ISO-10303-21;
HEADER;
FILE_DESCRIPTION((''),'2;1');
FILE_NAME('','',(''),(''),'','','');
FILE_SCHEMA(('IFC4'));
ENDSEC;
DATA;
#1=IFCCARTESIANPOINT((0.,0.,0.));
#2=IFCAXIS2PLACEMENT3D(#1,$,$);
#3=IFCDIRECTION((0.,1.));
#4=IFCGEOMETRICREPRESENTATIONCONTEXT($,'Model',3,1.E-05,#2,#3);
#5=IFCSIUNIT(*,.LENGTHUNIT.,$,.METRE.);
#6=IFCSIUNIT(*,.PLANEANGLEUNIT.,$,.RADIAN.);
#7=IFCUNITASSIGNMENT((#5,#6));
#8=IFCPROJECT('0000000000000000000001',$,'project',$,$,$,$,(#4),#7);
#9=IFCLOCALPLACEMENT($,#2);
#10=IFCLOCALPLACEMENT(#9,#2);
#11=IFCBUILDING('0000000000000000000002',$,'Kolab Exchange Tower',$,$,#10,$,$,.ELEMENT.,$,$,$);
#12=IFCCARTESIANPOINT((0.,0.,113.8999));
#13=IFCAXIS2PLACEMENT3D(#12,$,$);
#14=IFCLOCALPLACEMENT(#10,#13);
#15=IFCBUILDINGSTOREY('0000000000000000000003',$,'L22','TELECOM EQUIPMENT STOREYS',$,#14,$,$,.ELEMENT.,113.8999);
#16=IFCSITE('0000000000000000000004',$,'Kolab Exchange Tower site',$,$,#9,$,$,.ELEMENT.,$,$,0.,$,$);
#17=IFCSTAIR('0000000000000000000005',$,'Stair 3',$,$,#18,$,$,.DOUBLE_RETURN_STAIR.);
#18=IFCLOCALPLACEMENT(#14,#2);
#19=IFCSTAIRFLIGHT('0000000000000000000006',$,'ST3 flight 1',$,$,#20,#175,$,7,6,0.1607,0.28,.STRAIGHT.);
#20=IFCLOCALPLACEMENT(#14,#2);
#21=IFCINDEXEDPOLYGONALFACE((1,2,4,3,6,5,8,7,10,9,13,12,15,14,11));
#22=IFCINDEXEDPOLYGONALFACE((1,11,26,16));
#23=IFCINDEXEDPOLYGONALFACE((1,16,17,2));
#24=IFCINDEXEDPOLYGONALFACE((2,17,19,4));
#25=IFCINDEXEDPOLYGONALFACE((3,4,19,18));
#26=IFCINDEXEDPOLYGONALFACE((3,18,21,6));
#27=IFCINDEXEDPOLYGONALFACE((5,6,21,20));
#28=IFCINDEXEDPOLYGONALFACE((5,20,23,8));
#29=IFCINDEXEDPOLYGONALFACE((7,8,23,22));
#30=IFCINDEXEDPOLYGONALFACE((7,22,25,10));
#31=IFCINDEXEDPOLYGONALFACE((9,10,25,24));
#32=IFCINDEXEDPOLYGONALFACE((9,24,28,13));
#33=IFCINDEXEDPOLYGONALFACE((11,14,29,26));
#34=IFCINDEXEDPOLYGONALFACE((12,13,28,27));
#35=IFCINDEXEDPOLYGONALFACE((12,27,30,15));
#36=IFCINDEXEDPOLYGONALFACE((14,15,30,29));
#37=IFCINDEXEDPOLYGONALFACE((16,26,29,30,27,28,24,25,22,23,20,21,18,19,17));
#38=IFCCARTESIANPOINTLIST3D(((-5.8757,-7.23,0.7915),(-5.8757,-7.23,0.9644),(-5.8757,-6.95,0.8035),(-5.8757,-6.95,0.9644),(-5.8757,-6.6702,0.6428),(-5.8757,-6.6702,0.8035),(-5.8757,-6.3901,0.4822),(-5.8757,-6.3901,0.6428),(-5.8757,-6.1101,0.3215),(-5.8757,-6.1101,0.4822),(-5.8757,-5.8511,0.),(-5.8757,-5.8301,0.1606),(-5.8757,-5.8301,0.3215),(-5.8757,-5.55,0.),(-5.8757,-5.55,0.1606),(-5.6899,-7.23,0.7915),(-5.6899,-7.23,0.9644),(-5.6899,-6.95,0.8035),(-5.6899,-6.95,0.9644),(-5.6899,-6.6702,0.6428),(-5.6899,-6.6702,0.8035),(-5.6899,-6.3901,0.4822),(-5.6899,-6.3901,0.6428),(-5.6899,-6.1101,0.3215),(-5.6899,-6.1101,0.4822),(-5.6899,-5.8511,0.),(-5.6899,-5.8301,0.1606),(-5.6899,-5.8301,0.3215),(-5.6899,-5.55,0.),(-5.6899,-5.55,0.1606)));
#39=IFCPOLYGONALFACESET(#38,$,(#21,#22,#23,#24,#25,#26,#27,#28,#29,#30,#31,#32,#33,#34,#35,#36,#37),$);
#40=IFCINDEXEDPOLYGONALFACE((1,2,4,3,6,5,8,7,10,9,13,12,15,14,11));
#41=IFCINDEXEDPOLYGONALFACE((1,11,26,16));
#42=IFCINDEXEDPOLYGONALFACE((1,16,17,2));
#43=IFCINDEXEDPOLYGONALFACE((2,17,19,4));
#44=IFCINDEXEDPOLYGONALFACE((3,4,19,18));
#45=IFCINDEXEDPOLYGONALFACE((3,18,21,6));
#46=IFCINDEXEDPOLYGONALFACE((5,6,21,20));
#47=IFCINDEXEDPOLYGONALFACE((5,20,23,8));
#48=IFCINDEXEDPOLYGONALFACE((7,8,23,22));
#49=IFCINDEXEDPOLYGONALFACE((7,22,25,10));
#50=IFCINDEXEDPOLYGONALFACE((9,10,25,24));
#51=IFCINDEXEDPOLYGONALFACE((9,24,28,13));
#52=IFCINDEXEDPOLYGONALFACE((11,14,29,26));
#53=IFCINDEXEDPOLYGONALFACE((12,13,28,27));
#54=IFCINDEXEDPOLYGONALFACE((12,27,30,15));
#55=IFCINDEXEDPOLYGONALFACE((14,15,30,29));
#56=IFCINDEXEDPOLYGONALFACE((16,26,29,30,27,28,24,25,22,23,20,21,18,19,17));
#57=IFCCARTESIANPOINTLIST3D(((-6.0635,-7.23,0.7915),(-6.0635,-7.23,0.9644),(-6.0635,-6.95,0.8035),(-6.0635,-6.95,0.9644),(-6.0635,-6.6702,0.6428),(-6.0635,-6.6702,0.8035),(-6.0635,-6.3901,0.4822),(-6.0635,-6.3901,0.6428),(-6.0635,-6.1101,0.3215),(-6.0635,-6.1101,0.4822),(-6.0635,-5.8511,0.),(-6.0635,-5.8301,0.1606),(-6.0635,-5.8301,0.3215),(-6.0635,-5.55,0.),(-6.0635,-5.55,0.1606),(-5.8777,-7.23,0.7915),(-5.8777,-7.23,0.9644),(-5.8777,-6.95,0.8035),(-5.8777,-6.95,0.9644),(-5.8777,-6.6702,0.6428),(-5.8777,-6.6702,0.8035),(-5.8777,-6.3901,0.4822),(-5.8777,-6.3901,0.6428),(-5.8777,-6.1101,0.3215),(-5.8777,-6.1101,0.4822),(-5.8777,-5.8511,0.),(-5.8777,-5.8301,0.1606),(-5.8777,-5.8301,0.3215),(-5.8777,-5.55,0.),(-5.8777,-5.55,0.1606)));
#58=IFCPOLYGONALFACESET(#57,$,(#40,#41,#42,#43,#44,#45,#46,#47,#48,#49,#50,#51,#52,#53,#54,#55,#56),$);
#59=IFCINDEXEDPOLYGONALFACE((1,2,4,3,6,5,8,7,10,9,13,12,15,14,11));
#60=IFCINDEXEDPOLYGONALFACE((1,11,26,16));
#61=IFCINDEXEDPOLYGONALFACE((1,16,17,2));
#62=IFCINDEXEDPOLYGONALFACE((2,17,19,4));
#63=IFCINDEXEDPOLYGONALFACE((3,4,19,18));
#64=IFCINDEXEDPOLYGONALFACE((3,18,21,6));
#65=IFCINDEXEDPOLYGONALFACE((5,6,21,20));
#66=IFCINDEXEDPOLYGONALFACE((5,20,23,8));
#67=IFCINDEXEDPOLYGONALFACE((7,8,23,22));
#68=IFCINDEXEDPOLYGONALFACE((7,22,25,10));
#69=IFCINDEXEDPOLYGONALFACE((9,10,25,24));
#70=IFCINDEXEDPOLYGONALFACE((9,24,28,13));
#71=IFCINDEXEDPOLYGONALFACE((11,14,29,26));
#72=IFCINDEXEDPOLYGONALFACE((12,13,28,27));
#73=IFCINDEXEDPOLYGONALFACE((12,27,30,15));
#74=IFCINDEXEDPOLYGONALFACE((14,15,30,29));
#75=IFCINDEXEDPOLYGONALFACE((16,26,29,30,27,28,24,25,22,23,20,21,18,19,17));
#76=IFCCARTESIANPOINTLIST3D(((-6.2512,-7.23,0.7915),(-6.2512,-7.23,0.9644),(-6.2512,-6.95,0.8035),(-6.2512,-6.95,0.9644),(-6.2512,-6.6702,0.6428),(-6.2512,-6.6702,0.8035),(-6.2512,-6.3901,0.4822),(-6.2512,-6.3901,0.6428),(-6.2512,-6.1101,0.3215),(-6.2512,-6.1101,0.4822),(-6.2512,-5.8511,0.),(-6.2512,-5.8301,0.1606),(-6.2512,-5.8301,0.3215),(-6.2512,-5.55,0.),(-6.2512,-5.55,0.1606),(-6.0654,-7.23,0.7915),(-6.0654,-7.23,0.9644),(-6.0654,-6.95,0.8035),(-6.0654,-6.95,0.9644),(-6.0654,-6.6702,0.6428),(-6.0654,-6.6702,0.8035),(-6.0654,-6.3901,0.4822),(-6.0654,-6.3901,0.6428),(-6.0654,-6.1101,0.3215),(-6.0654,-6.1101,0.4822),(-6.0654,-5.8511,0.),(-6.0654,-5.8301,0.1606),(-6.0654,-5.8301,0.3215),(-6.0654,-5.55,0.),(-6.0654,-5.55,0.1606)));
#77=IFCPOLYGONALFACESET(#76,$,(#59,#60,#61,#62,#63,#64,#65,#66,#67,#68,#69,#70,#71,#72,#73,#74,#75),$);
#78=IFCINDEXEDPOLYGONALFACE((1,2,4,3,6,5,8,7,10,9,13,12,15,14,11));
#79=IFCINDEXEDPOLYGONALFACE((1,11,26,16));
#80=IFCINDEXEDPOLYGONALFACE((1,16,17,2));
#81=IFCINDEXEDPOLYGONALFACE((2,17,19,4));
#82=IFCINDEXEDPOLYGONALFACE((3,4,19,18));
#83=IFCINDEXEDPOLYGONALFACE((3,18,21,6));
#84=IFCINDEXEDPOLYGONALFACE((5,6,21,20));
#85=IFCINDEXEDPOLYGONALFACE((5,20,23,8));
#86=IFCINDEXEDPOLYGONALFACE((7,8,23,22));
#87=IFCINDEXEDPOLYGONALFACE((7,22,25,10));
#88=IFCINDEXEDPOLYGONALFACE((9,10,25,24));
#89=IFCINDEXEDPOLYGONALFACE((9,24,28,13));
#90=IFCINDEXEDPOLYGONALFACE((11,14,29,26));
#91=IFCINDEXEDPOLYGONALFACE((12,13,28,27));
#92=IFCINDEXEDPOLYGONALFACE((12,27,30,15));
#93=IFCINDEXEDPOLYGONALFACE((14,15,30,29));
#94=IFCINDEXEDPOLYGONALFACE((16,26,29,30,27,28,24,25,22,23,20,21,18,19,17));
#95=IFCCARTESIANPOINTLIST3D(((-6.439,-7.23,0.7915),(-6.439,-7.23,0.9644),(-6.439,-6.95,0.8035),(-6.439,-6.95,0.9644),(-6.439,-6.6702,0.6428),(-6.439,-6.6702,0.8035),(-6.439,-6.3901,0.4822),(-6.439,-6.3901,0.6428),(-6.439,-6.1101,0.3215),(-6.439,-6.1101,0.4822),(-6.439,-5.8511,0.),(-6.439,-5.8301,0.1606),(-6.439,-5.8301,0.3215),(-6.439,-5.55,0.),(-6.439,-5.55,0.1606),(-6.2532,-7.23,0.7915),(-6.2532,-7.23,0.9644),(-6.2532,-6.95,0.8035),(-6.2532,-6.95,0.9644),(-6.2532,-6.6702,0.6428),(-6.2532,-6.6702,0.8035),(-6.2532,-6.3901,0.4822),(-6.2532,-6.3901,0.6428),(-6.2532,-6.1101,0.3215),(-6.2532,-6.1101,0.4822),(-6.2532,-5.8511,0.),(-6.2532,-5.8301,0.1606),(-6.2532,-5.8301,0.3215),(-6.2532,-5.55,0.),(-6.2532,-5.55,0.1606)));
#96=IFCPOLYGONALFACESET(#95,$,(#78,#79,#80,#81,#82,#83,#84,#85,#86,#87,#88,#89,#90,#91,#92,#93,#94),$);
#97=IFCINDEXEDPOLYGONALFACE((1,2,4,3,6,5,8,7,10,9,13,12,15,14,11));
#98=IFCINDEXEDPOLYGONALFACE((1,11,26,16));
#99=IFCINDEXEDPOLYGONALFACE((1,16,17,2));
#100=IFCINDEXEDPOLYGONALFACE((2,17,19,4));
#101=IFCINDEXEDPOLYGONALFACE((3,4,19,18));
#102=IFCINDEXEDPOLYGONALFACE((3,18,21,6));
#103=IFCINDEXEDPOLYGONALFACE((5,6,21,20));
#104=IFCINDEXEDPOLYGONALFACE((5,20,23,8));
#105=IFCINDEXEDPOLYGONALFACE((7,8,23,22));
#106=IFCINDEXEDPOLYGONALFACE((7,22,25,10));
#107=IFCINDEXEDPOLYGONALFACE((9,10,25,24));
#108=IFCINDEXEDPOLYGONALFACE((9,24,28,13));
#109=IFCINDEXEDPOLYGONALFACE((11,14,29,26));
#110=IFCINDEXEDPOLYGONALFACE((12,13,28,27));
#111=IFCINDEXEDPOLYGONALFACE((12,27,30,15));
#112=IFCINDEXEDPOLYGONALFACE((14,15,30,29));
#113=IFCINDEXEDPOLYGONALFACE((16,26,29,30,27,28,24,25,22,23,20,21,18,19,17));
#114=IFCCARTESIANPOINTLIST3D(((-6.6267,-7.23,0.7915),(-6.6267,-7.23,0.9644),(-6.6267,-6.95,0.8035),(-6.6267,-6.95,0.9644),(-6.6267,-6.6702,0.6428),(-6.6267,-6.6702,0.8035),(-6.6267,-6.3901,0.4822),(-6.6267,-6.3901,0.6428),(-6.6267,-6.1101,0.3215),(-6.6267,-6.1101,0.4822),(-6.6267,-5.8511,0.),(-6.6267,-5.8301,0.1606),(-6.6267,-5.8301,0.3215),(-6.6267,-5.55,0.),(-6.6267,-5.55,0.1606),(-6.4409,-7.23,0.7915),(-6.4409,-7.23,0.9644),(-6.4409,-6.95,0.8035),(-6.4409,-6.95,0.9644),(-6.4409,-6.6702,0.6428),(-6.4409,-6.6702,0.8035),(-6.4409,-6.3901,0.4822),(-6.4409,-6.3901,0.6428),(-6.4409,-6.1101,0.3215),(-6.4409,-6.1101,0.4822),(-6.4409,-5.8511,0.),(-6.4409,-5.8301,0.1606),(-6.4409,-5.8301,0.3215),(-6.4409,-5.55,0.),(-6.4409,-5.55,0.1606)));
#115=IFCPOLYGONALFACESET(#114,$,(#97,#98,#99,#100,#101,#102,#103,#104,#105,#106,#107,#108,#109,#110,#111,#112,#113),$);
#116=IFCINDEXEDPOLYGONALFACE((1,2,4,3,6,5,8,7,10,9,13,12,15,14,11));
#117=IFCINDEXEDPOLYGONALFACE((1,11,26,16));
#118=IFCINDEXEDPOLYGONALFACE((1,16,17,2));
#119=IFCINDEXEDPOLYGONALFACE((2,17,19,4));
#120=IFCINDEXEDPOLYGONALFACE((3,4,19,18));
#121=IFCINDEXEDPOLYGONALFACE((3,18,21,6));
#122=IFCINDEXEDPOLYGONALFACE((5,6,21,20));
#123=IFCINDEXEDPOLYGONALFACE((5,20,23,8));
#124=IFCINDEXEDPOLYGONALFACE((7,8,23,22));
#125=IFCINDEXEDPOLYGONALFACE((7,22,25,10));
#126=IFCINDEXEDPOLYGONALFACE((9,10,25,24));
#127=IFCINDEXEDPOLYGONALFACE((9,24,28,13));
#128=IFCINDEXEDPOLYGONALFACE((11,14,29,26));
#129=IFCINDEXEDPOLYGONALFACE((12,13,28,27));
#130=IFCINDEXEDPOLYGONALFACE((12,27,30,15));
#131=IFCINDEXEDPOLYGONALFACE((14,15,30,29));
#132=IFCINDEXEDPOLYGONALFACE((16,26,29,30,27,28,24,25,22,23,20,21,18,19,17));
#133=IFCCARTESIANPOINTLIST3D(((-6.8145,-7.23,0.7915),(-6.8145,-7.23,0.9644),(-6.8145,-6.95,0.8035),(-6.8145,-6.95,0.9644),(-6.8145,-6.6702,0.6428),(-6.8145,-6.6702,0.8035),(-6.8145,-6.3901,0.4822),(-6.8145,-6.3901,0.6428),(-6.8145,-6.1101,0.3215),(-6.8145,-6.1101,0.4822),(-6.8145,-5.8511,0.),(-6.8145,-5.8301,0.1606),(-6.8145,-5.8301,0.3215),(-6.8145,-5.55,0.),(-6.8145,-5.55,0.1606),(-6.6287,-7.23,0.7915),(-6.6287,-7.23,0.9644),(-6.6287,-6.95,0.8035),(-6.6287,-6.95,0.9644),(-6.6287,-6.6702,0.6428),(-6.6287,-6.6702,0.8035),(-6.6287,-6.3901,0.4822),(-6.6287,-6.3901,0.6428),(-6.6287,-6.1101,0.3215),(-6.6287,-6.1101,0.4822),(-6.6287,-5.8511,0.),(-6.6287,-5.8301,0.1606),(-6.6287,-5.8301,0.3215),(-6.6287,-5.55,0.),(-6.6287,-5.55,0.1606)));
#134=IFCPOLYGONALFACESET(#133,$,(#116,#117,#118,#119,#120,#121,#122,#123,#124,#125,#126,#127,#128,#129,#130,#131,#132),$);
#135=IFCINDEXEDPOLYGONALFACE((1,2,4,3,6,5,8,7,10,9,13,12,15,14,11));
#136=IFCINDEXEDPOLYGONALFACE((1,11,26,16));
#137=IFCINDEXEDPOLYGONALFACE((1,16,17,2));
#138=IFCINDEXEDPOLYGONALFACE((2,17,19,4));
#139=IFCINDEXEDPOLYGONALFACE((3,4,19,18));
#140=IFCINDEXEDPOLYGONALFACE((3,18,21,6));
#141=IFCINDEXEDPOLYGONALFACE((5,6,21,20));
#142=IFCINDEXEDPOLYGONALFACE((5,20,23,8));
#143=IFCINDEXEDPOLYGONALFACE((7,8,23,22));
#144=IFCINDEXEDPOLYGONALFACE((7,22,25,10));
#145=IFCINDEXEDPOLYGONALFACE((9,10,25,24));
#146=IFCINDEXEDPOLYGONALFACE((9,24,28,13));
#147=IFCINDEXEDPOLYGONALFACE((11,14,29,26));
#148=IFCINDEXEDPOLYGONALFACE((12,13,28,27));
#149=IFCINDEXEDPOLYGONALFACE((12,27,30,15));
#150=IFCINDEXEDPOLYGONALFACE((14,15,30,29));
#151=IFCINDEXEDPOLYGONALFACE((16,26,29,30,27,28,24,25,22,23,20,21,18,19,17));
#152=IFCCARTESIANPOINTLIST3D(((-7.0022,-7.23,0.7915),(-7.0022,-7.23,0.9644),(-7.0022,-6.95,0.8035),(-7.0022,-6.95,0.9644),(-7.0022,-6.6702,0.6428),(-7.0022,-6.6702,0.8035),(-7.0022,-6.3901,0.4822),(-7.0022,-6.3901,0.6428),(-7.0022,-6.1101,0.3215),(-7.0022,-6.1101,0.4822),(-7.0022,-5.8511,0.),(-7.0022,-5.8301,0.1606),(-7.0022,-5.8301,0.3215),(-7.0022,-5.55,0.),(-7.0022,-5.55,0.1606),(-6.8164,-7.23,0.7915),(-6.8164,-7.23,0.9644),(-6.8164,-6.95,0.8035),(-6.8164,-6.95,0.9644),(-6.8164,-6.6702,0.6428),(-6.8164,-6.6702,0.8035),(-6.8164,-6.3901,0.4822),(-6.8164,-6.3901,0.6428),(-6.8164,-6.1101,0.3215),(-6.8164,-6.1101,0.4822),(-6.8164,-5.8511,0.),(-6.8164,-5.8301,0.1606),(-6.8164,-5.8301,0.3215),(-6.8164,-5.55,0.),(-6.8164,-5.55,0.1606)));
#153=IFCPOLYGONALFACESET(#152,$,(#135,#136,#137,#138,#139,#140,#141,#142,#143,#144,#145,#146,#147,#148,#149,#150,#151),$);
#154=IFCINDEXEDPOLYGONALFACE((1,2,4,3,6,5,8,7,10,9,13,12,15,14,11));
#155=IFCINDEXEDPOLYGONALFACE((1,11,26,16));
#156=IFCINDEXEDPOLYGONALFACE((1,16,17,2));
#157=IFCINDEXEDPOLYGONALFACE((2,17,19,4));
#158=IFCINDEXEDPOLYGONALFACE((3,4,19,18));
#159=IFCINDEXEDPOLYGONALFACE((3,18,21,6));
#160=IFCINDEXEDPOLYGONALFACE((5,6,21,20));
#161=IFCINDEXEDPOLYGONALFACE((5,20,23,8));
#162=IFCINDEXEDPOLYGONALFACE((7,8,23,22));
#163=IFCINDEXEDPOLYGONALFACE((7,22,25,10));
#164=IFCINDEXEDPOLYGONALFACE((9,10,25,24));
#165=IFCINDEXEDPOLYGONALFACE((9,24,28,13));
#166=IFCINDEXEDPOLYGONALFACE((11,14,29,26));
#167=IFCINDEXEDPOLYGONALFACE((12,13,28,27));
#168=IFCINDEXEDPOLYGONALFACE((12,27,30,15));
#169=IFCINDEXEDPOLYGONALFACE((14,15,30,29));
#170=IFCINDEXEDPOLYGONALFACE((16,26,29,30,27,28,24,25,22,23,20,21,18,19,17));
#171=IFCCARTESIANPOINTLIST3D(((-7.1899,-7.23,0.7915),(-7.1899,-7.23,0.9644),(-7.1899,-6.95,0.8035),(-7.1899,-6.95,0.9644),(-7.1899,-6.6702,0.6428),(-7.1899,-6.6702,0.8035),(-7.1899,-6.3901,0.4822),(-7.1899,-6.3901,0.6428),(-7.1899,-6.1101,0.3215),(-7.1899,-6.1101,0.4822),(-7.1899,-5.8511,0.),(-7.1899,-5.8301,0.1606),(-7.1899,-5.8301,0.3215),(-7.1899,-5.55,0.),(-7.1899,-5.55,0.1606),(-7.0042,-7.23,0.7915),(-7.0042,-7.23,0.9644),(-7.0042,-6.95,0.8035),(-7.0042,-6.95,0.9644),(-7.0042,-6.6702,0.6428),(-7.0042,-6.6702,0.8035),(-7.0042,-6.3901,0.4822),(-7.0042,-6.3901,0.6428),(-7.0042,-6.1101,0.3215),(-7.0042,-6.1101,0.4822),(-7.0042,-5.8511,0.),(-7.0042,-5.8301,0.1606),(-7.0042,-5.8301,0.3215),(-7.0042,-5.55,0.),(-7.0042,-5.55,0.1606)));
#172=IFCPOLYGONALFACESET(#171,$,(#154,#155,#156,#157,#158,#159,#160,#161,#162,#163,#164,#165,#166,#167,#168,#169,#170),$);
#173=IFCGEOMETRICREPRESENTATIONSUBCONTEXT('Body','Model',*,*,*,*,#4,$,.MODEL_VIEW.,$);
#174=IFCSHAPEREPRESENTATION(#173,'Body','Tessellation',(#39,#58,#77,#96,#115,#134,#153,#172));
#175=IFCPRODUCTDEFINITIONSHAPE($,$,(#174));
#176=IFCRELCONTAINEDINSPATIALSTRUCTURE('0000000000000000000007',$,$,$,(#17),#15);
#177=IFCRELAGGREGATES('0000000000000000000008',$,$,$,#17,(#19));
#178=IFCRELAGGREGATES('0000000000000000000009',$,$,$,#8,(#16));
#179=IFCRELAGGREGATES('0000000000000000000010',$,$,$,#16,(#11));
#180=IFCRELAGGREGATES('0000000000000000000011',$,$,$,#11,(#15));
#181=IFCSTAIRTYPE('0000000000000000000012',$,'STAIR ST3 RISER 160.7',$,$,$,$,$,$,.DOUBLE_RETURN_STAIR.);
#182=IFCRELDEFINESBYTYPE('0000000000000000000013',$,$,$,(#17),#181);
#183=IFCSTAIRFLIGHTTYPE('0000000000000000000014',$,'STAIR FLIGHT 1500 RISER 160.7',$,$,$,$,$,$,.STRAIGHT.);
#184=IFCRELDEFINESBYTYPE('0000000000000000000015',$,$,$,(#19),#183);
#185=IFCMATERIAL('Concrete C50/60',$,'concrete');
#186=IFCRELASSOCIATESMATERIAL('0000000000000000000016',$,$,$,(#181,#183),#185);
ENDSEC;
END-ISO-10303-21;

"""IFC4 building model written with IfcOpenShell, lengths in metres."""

from ifc_helpers import new_model, si_unit, direction, frame, origin, place, context, subcontext, project, spatial, polyline, outline, extrude, material, type_object, element, aggregate, save


model = new_model("IFC4")

# Units and contexts
model_context = context("Model", 3, precision=1e-05, world=origin(), true_north=direction((0.0, 1.0)))
body_context = subcontext(model_context, "Body", "Model", "MODEL_VIEW")
ifc_project = project(units=[si_unit("LENGTHUNIT", "METRE"), si_unit("PLANEANGLEUNIT", "RADIAN")], contexts=[model_context])

# Site, building, storey
site_placement = place(None, origin())
site = spatial("IfcSite", under=ifc_project, at=site_placement, Name="Kolab Exchange Tower site", CompositionType="ELEMENT", RefElevation=0.0)
building_placement = place(site_placement, origin())
building = spatial("IfcBuilding", under=site, at=building_placement, Name="Kolab Exchange Tower", CompositionType="ELEMENT")
storey_placement = place(building_placement, frame((0.0, 0.0, 113.8999)))
storey = spatial("IfcBuildingStorey", under=building, at=storey_placement, Name="L22", Description="TELECOM EQUIPMENT STOREYS", CompositionType="ELEMENT", Elevation=113.8999)

# Shared definitions
ifc_material_1 = material(Name="Concrete C50/60", Category="concrete")

# Stair, stair flight
stair_type = type_object("IfcStairType", Name="STAIR ST3 RISER 160.7", PredefinedType="DOUBLE_RETURN_STAIR", material=ifc_material_1)
stair_placement = place(storey_placement, origin())
stair = element("IfcStair", 1, at=stair_placement, inside=storey, type_object=stair_type, Name="Stair 3", PredefinedType="DOUBLE_RETURN_STAIR")
stair_flight_type = type_object("IfcStairFlightType", Name="STAIR FLIGHT 1500 RISER 160.7", PredefinedType="STRAIGHT", material=ifc_material_1)
stair_flight_1_placement = place(storey_placement, frame((-6.4399, -5.55, 0.0), z_axis=(0.0, 0.0, 1.0), x_axis=(0.0, -1.0, 0.0)))
stair_flight_1 = element("IfcStairFlight", 2, at=stair_flight_1_placement, type_object=stair_flight_type, Name="ST3 flight 1", NumberOfRisers=7, NumberOfTreads=6, PredefinedType="STRAIGHT", RiserHeight=0.1607, TreadLength=0.28, context=body_context, shape_type="SweptSolid", body=[
    extrude(outline(polyline([(0.0, 0.0), (0.0, 0.1606), (0.28, 0.1606), (0.28, 0.3215), (0.5601, 0.3215), (0.5601, 0.4822), (0.8401, 0.4822), (0.8401, 0.6428), (1.1201, 0.6428), (1.1201, 0.8035), (1.3999, 0.8035), (1.3999, 0.9644), (1.6799, 0.9644), (1.6799, 1.125), (1.6799, 0.7915), (0.301, 0.0), (0.0, 0.0)])), frame((0.0, 0.75, 0.0), z_axis=(0.0, -1.0, 0.0), x_axis=(1.0, 0.0, 0.0)), (0.0, 0.0, 1.0), 0.1858),
    extrude(outline(polyline([(0.0, 0.0), (0.0, 0.1606), (0.28, 0.1606), (0.28, 0.3215), (0.5601, 0.3215), (0.5601, 0.4822), (0.8401, 0.4822), (0.8401, 0.6428), (1.1201, 0.6428), (1.1201, 0.8035), (1.3999, 0.8035), (1.3999, 0.9644), (1.6799, 0.9644), (1.6799, 1.125), (1.6799, 0.7915), (0.301, 0.0), (0.0, 0.0)])), frame((0.0, 0.5623, 0.0), z_axis=(0.0, -1.0, 0.0), x_axis=(1.0, 0.0, 0.0)), (0.0, 0.0, 1.0), 0.1858),
    extrude(outline(polyline([(0.0, 0.0), (0.0, 0.1606), (0.28, 0.1606), (0.28, 0.3215), (0.5601, 0.3215), (0.5601, 0.4822), (0.8401, 0.4822), (0.8401, 0.6428), (1.1201, 0.6428), (1.1201, 0.8035), (1.3999, 0.8035), (1.3999, 0.9644), (1.6799, 0.9644), (1.6799, 1.125), (1.6799, 0.7915), (0.301, 0.0), (0.0, 0.0)])), frame((0.0, 0.3745, 0.0), z_axis=(0.0, -1.0, 0.0), x_axis=(1.0, 0.0, 0.0)), (0.0, 0.0, 1.0), 0.1858),
    extrude(outline(polyline([(0.0, 0.0), (0.0, 0.1606), (0.28, 0.1606), (0.28, 0.3215), (0.5601, 0.3215), (0.5601, 0.4822), (0.8401, 0.4822), (0.8401, 0.6428), (1.1201, 0.6428), (1.1201, 0.8035), (1.3999, 0.8035), (1.3999, 0.9644), (1.6799, 0.9644), (1.6799, 1.125), (1.6799, 0.7915), (0.301, 0.0), (0.0, 0.0)])), frame((0.0, 0.1868, 0.0), z_axis=(0.0, -1.0, 0.0), x_axis=(1.0, 0.0, 0.0)), (0.0, 0.0, 1.0), 0.1858),
    extrude(outline(polyline([(0.0, 0.0), (0.0, 0.1606), (0.28, 0.1606), (0.28, 0.3215), (0.5601, 0.3215), (0.5601, 0.4822), (0.8401, 0.4822), (0.8401, 0.6428), (1.1201, 0.6428), (1.1201, 0.8035), (1.3999, 0.8035), (1.3999, 0.9644), (1.6799, 0.9644), (1.6799, 1.125), (1.6799, 0.7915), (0.301, 0.0), (0.0, 0.0)])), frame((0.0, -0.001, 0.0), z_axis=(0.0, -1.0, 0.0), x_axis=(1.0, 0.0, 0.0)), (0.0, 0.0, 1.0), 0.1858),
    extrude(outline(polyline([(0.0, 0.0), (0.0, 0.1606), (0.28, 0.1606), (0.28, 0.3215), (0.5601, 0.3215), (0.5601, 0.4822), (0.8401, 0.4822), (0.8401, 0.6428), (1.1201, 0.6428), (1.1201, 0.8035), (1.3999, 0.8035), (1.3999, 0.9644), (1.6799, 0.9644), (1.6799, 1.125), (1.6799, 0.7915), (0.301, 0.0), (0.0, 0.0)])), frame((0.0, -0.1887, 0.0), z_axis=(0.0, -1.0, 0.0), x_axis=(1.0, 0.0, 0.0)), (0.0, 0.0, 1.0), 0.1858),
    extrude(outline(polyline([(0.0, 0.0), (0.0, 0.1606), (0.28, 0.1606), (0.28, 0.3215), (0.5601, 0.3215), (0.5601, 0.4822), (0.8401, 0.4822), (0.8401, 0.6428), (1.1201, 0.6428), (1.1201, 0.8035), (1.3999, 0.8035), (1.3999, 0.9644), (1.6799, 0.9644), (1.6799, 1.125), (1.6799, 0.7915), (0.301, 0.0), (0.0, 0.0)])), frame((0.0, -0.3765, 0.0), z_axis=(0.0, -1.0, 0.0), x_axis=(1.0, 0.0, 0.0)), (0.0, 0.0, 1.0), 0.1858),
    extrude(outline(polyline([(0.0, 0.0), (0.0, 0.1606), (0.28, 0.1606), (0.28, 0.3215), (0.5601, 0.3215), (0.5601, 0.4822), (0.8401, 0.4822), (0.8401, 0.6428), (1.1201, 0.6428), (1.1201, 0.8035), (1.3999, 0.8035), (1.3999, 0.9644), (1.6799, 0.9644), (1.6799, 1.125), (1.6799, 0.7915), (0.301, 0.0), (0.0, 0.0)])), frame((0.0, -0.5642, 0.0), z_axis=(0.0, -1.0, 0.0), x_axis=(1.0, 0.0, 0.0)), (0.0, 0.0, 1.0), 0.1858),
])
aggregate(stair, [stair_flight_1])

save(model, "model.ifc")
